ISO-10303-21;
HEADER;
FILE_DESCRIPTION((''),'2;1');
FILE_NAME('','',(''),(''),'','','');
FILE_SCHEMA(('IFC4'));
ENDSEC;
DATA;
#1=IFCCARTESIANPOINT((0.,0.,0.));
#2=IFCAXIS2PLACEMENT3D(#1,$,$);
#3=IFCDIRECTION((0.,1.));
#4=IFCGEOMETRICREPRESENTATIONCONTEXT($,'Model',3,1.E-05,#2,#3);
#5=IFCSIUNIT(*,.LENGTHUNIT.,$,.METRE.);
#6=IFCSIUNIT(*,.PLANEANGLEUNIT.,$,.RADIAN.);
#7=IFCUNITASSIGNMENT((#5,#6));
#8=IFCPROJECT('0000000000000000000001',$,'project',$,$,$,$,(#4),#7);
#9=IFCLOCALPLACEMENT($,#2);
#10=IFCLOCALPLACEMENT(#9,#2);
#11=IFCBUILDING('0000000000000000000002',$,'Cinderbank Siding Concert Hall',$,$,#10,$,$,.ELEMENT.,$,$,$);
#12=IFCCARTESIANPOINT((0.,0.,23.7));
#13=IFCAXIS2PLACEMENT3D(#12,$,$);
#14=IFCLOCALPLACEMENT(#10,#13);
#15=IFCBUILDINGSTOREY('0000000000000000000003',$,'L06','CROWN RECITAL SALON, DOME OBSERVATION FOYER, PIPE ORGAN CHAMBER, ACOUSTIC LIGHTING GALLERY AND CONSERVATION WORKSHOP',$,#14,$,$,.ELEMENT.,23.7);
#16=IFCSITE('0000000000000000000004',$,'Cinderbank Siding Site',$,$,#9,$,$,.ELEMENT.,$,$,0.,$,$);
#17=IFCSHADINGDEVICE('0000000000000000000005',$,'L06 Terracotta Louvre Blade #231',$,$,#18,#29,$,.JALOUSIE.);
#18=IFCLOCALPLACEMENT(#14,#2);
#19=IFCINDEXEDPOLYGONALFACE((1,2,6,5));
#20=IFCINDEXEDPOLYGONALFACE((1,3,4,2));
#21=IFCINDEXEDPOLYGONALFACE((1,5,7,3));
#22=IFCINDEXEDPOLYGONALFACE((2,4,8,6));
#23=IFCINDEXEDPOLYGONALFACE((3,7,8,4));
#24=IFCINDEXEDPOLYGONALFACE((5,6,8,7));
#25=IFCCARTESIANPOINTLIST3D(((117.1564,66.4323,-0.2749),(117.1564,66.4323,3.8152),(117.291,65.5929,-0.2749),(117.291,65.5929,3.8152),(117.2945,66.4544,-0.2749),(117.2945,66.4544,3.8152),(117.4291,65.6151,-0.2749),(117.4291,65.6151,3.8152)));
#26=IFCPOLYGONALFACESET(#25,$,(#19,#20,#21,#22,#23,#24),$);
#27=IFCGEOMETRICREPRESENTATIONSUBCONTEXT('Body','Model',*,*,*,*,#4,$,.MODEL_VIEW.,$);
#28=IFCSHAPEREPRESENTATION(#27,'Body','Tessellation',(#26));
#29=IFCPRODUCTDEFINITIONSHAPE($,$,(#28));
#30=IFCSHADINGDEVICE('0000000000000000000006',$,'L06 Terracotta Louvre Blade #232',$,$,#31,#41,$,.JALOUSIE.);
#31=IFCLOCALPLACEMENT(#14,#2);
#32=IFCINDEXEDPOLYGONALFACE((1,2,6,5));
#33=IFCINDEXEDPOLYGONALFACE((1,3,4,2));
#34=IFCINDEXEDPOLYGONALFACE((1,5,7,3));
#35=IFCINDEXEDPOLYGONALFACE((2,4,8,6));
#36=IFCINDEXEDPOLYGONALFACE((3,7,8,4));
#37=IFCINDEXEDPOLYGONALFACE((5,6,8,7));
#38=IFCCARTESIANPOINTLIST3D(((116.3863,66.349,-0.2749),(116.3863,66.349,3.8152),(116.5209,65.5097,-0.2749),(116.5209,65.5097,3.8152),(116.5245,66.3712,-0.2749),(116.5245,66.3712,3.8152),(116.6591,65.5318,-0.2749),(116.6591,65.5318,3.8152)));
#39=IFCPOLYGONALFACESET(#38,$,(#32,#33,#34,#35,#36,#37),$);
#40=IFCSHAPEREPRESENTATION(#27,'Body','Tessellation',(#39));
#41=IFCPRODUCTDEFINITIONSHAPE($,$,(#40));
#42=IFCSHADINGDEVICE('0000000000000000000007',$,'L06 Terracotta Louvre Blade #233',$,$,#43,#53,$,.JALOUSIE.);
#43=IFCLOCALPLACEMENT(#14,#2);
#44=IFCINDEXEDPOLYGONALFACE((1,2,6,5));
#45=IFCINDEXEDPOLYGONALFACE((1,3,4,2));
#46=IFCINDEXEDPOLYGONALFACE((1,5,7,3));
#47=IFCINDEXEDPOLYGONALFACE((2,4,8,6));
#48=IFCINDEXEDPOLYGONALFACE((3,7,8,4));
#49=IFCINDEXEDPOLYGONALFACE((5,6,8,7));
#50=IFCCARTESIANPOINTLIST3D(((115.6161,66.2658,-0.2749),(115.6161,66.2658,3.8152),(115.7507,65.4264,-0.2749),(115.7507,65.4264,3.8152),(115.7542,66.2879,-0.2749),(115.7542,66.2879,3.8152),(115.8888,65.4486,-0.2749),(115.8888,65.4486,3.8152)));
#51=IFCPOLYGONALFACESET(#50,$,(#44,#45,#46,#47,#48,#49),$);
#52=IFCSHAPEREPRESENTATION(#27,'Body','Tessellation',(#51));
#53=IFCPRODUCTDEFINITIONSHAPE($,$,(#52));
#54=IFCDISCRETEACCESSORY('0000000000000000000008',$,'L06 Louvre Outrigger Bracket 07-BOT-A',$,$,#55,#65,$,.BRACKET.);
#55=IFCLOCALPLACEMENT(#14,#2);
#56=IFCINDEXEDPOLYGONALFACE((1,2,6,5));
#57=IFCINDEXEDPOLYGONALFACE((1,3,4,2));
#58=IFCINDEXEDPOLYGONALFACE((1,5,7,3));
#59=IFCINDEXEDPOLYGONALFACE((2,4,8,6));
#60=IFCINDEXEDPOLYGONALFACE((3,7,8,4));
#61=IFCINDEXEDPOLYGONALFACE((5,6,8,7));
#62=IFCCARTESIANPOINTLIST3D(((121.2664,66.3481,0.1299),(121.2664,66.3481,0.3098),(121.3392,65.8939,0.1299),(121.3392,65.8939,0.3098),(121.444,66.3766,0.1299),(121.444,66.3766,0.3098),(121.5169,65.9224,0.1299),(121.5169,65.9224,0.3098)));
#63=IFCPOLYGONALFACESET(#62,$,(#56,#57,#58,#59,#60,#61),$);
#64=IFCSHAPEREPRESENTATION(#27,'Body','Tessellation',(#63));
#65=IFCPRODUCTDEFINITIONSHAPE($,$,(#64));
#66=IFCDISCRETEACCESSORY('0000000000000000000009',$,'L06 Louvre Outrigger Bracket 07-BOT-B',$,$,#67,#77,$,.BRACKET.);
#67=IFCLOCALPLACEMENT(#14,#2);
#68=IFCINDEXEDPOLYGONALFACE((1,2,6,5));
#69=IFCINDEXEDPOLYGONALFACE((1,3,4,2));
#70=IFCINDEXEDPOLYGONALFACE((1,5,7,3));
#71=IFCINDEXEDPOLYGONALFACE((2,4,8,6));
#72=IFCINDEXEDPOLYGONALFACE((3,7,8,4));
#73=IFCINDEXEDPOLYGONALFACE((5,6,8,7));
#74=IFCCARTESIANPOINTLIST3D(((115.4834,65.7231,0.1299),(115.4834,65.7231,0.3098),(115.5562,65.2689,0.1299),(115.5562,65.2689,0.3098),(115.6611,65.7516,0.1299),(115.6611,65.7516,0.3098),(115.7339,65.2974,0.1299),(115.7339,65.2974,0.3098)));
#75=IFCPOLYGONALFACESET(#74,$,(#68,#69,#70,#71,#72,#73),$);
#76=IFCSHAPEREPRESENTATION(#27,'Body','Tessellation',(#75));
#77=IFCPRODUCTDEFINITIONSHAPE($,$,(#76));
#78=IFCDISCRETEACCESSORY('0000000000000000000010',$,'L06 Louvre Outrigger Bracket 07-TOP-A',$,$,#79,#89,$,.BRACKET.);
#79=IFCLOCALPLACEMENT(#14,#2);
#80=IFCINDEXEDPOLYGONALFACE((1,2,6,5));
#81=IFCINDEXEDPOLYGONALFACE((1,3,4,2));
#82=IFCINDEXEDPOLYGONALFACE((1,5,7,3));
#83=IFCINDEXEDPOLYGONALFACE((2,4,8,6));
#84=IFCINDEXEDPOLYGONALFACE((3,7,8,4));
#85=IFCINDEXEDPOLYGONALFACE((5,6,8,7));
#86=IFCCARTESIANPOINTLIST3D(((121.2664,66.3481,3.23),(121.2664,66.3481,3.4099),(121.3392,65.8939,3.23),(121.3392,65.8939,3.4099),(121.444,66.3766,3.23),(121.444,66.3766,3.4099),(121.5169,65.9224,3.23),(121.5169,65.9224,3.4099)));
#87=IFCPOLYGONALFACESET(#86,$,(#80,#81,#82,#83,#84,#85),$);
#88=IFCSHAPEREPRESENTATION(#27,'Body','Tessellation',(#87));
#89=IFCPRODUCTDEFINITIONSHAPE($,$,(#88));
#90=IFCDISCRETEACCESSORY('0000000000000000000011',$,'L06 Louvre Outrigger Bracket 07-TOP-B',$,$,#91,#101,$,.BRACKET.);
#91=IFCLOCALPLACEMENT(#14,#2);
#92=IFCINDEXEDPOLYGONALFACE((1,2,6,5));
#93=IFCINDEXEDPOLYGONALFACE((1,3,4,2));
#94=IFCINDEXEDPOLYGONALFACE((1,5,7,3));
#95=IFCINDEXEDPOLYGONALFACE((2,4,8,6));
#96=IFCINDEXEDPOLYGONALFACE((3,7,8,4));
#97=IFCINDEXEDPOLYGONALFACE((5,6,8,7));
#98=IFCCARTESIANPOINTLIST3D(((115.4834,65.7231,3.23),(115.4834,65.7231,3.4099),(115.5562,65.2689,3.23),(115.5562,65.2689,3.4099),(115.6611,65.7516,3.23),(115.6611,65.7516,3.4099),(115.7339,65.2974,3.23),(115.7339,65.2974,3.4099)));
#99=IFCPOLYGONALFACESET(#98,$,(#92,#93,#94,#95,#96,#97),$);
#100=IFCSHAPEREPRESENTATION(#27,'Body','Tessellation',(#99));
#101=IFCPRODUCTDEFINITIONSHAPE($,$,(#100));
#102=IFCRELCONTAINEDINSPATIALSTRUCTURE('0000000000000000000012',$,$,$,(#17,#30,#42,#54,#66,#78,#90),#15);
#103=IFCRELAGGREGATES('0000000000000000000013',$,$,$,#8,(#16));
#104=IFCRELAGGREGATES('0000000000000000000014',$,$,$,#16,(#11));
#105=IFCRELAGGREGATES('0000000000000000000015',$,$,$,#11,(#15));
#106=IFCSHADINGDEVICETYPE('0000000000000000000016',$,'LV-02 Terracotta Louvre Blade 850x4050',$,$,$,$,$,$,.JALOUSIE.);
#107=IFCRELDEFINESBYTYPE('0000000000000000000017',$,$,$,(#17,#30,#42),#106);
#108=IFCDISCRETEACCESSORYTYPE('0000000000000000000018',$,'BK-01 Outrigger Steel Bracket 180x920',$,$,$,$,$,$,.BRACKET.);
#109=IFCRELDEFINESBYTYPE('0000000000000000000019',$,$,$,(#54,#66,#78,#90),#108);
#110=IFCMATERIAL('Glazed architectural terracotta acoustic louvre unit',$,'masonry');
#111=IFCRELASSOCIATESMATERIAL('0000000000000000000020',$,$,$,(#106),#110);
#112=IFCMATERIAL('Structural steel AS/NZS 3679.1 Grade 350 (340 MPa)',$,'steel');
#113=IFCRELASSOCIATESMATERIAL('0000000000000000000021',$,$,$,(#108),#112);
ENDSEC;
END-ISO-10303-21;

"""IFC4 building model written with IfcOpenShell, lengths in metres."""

from ifc_helpers import new_model, si_unit, direction, frame, origin, origin_2d, place, context, subcontext, project, spatial, rectangle, extrude, material, type_object, element, save


model = new_model("IFC4")

# Units and contexts
model_context = context("Model", 3, precision=1e-05, world=origin(), true_north=direction((0.0, 1.0)))
body_context = subcontext(model_context, "Body", "Model", "MODEL_VIEW")
ifc_project = project(units=[si_unit("LENGTHUNIT", "METRE"), si_unit("PLANEANGLEUNIT", "RADIAN")], contexts=[model_context])

# Site, building, storey
site_placement = place(None, origin())
site = spatial("IfcSite", under=ifc_project, at=site_placement, Name="Cinderbank Siding Site", CompositionType="ELEMENT", RefElevation=0.0)
building_placement = place(site_placement, origin())
building = spatial("IfcBuilding", under=site, at=building_placement, Name="Cinderbank Siding Concert Hall", CompositionType="ELEMENT")
storey_placement = place(building_placement, frame((0.0, 0.0, 23.7)))
storey = spatial("IfcBuildingStorey", under=building, at=storey_placement, Name="L06", Description="CROWN RECITAL SALON, DOME OBSERVATION FOYER, PIPE ORGAN CHAMBER, ACOUSTIC LIGHTING GALLERY AND CONSERVATION WORKSHOP", CompositionType="ELEMENT", Elevation=23.7)

# Shading devices
ifc_material_1 = material(Name="Glazed architectural terracotta acoustic louvre unit", Category="masonry")
shading_device_type = type_object("IfcShadingDeviceType", Name="LV-02 Terracotta Louvre Blade 850x4050", PredefinedType="JALOUSIE", material=ifc_material_1)
for number, where, z_axis, x_axis, name in (
    (1, (117.2927, 66.0237, -0.2749), (0.0, 0.0, 1.0), (-0.158354, 0.987382, 0.0), "L06 Terracotta Louvre Blade #231"),
    (2, (116.5227, 65.9404, -0.2749), (0.0, 0.0, 1.0), (-0.158354, 0.987382, 0.0), "L06 Terracotta Louvre Blade #232"),
    (3, (115.7524, 65.8572, -0.2749), (0.0, 0.0, 1.0), (-0.158354, 0.987382, 0.0), "L06 Terracotta Louvre Blade #233"),
):
    element("IfcShadingDevice", number, at=place(storey_placement, frame(where, z_axis=z_axis, x_axis=x_axis)), inside=storey, type_object=shading_device_type, Name=name, PredefinedType="JALOUSIE", context=body_context, shape_type="SweptSolid", body=[
        extrude(rectangle(XDim=0.8501, YDim=0.1399, at=origin_2d()), origin(), (0.0, 0.0, 1.0), 4.0901),
    ])

# Discrete accessories
ifc_material_2 = material(Name="Structural steel AS/NZS 3679.1 Grade 350 (340 MPa)", Category="steel")
discrete_accessory_type = type_object("IfcDiscreteAccessoryType", Name="BK-01 Outrigger Steel Bracket 180x920", PredefinedType="BRACKET", material=ifc_material_2)
for number, where, z_axis, x_axis, name in (
    (4, (121.3916, 66.1353, 0.1299), (0.0, 0.0, 1.0), (-0.158354, 0.987382, 0.0), "L06 Louvre Outrigger Bracket 07-BOT-A"),
    (5, (115.6086, 65.5103, 0.1299), (0.0, 0.0, 1.0), (-0.158354, 0.987382, 0.0), "L06 Louvre Outrigger Bracket 07-BOT-B"),
    (6, (121.3916, 66.1353, 3.23), (0.0, 0.0, 1.0), (-0.158354, 0.987382, 0.0), "L06 Louvre Outrigger Bracket 07-TOP-A"),
    (7, (115.6086, 65.5103, 3.23), (0.0, 0.0, 1.0), (-0.158354, 0.987382, 0.0), "L06 Louvre Outrigger Bracket 07-TOP-B"),
):
    element("IfcDiscreteAccessory", number, at=place(storey_placement, frame(where, z_axis=z_axis, x_axis=x_axis)), inside=storey, type_object=discrete_accessory_type, Name=name, PredefinedType="BRACKET", context=body_context, shape_type="SweptSolid", body=[
        extrude(rectangle(XDim=0.46, YDim=0.1799, at=origin_2d()), origin(), (0.0, 0.0, 1.0), 0.1799),
    ])

save(model, "model.ifc")
